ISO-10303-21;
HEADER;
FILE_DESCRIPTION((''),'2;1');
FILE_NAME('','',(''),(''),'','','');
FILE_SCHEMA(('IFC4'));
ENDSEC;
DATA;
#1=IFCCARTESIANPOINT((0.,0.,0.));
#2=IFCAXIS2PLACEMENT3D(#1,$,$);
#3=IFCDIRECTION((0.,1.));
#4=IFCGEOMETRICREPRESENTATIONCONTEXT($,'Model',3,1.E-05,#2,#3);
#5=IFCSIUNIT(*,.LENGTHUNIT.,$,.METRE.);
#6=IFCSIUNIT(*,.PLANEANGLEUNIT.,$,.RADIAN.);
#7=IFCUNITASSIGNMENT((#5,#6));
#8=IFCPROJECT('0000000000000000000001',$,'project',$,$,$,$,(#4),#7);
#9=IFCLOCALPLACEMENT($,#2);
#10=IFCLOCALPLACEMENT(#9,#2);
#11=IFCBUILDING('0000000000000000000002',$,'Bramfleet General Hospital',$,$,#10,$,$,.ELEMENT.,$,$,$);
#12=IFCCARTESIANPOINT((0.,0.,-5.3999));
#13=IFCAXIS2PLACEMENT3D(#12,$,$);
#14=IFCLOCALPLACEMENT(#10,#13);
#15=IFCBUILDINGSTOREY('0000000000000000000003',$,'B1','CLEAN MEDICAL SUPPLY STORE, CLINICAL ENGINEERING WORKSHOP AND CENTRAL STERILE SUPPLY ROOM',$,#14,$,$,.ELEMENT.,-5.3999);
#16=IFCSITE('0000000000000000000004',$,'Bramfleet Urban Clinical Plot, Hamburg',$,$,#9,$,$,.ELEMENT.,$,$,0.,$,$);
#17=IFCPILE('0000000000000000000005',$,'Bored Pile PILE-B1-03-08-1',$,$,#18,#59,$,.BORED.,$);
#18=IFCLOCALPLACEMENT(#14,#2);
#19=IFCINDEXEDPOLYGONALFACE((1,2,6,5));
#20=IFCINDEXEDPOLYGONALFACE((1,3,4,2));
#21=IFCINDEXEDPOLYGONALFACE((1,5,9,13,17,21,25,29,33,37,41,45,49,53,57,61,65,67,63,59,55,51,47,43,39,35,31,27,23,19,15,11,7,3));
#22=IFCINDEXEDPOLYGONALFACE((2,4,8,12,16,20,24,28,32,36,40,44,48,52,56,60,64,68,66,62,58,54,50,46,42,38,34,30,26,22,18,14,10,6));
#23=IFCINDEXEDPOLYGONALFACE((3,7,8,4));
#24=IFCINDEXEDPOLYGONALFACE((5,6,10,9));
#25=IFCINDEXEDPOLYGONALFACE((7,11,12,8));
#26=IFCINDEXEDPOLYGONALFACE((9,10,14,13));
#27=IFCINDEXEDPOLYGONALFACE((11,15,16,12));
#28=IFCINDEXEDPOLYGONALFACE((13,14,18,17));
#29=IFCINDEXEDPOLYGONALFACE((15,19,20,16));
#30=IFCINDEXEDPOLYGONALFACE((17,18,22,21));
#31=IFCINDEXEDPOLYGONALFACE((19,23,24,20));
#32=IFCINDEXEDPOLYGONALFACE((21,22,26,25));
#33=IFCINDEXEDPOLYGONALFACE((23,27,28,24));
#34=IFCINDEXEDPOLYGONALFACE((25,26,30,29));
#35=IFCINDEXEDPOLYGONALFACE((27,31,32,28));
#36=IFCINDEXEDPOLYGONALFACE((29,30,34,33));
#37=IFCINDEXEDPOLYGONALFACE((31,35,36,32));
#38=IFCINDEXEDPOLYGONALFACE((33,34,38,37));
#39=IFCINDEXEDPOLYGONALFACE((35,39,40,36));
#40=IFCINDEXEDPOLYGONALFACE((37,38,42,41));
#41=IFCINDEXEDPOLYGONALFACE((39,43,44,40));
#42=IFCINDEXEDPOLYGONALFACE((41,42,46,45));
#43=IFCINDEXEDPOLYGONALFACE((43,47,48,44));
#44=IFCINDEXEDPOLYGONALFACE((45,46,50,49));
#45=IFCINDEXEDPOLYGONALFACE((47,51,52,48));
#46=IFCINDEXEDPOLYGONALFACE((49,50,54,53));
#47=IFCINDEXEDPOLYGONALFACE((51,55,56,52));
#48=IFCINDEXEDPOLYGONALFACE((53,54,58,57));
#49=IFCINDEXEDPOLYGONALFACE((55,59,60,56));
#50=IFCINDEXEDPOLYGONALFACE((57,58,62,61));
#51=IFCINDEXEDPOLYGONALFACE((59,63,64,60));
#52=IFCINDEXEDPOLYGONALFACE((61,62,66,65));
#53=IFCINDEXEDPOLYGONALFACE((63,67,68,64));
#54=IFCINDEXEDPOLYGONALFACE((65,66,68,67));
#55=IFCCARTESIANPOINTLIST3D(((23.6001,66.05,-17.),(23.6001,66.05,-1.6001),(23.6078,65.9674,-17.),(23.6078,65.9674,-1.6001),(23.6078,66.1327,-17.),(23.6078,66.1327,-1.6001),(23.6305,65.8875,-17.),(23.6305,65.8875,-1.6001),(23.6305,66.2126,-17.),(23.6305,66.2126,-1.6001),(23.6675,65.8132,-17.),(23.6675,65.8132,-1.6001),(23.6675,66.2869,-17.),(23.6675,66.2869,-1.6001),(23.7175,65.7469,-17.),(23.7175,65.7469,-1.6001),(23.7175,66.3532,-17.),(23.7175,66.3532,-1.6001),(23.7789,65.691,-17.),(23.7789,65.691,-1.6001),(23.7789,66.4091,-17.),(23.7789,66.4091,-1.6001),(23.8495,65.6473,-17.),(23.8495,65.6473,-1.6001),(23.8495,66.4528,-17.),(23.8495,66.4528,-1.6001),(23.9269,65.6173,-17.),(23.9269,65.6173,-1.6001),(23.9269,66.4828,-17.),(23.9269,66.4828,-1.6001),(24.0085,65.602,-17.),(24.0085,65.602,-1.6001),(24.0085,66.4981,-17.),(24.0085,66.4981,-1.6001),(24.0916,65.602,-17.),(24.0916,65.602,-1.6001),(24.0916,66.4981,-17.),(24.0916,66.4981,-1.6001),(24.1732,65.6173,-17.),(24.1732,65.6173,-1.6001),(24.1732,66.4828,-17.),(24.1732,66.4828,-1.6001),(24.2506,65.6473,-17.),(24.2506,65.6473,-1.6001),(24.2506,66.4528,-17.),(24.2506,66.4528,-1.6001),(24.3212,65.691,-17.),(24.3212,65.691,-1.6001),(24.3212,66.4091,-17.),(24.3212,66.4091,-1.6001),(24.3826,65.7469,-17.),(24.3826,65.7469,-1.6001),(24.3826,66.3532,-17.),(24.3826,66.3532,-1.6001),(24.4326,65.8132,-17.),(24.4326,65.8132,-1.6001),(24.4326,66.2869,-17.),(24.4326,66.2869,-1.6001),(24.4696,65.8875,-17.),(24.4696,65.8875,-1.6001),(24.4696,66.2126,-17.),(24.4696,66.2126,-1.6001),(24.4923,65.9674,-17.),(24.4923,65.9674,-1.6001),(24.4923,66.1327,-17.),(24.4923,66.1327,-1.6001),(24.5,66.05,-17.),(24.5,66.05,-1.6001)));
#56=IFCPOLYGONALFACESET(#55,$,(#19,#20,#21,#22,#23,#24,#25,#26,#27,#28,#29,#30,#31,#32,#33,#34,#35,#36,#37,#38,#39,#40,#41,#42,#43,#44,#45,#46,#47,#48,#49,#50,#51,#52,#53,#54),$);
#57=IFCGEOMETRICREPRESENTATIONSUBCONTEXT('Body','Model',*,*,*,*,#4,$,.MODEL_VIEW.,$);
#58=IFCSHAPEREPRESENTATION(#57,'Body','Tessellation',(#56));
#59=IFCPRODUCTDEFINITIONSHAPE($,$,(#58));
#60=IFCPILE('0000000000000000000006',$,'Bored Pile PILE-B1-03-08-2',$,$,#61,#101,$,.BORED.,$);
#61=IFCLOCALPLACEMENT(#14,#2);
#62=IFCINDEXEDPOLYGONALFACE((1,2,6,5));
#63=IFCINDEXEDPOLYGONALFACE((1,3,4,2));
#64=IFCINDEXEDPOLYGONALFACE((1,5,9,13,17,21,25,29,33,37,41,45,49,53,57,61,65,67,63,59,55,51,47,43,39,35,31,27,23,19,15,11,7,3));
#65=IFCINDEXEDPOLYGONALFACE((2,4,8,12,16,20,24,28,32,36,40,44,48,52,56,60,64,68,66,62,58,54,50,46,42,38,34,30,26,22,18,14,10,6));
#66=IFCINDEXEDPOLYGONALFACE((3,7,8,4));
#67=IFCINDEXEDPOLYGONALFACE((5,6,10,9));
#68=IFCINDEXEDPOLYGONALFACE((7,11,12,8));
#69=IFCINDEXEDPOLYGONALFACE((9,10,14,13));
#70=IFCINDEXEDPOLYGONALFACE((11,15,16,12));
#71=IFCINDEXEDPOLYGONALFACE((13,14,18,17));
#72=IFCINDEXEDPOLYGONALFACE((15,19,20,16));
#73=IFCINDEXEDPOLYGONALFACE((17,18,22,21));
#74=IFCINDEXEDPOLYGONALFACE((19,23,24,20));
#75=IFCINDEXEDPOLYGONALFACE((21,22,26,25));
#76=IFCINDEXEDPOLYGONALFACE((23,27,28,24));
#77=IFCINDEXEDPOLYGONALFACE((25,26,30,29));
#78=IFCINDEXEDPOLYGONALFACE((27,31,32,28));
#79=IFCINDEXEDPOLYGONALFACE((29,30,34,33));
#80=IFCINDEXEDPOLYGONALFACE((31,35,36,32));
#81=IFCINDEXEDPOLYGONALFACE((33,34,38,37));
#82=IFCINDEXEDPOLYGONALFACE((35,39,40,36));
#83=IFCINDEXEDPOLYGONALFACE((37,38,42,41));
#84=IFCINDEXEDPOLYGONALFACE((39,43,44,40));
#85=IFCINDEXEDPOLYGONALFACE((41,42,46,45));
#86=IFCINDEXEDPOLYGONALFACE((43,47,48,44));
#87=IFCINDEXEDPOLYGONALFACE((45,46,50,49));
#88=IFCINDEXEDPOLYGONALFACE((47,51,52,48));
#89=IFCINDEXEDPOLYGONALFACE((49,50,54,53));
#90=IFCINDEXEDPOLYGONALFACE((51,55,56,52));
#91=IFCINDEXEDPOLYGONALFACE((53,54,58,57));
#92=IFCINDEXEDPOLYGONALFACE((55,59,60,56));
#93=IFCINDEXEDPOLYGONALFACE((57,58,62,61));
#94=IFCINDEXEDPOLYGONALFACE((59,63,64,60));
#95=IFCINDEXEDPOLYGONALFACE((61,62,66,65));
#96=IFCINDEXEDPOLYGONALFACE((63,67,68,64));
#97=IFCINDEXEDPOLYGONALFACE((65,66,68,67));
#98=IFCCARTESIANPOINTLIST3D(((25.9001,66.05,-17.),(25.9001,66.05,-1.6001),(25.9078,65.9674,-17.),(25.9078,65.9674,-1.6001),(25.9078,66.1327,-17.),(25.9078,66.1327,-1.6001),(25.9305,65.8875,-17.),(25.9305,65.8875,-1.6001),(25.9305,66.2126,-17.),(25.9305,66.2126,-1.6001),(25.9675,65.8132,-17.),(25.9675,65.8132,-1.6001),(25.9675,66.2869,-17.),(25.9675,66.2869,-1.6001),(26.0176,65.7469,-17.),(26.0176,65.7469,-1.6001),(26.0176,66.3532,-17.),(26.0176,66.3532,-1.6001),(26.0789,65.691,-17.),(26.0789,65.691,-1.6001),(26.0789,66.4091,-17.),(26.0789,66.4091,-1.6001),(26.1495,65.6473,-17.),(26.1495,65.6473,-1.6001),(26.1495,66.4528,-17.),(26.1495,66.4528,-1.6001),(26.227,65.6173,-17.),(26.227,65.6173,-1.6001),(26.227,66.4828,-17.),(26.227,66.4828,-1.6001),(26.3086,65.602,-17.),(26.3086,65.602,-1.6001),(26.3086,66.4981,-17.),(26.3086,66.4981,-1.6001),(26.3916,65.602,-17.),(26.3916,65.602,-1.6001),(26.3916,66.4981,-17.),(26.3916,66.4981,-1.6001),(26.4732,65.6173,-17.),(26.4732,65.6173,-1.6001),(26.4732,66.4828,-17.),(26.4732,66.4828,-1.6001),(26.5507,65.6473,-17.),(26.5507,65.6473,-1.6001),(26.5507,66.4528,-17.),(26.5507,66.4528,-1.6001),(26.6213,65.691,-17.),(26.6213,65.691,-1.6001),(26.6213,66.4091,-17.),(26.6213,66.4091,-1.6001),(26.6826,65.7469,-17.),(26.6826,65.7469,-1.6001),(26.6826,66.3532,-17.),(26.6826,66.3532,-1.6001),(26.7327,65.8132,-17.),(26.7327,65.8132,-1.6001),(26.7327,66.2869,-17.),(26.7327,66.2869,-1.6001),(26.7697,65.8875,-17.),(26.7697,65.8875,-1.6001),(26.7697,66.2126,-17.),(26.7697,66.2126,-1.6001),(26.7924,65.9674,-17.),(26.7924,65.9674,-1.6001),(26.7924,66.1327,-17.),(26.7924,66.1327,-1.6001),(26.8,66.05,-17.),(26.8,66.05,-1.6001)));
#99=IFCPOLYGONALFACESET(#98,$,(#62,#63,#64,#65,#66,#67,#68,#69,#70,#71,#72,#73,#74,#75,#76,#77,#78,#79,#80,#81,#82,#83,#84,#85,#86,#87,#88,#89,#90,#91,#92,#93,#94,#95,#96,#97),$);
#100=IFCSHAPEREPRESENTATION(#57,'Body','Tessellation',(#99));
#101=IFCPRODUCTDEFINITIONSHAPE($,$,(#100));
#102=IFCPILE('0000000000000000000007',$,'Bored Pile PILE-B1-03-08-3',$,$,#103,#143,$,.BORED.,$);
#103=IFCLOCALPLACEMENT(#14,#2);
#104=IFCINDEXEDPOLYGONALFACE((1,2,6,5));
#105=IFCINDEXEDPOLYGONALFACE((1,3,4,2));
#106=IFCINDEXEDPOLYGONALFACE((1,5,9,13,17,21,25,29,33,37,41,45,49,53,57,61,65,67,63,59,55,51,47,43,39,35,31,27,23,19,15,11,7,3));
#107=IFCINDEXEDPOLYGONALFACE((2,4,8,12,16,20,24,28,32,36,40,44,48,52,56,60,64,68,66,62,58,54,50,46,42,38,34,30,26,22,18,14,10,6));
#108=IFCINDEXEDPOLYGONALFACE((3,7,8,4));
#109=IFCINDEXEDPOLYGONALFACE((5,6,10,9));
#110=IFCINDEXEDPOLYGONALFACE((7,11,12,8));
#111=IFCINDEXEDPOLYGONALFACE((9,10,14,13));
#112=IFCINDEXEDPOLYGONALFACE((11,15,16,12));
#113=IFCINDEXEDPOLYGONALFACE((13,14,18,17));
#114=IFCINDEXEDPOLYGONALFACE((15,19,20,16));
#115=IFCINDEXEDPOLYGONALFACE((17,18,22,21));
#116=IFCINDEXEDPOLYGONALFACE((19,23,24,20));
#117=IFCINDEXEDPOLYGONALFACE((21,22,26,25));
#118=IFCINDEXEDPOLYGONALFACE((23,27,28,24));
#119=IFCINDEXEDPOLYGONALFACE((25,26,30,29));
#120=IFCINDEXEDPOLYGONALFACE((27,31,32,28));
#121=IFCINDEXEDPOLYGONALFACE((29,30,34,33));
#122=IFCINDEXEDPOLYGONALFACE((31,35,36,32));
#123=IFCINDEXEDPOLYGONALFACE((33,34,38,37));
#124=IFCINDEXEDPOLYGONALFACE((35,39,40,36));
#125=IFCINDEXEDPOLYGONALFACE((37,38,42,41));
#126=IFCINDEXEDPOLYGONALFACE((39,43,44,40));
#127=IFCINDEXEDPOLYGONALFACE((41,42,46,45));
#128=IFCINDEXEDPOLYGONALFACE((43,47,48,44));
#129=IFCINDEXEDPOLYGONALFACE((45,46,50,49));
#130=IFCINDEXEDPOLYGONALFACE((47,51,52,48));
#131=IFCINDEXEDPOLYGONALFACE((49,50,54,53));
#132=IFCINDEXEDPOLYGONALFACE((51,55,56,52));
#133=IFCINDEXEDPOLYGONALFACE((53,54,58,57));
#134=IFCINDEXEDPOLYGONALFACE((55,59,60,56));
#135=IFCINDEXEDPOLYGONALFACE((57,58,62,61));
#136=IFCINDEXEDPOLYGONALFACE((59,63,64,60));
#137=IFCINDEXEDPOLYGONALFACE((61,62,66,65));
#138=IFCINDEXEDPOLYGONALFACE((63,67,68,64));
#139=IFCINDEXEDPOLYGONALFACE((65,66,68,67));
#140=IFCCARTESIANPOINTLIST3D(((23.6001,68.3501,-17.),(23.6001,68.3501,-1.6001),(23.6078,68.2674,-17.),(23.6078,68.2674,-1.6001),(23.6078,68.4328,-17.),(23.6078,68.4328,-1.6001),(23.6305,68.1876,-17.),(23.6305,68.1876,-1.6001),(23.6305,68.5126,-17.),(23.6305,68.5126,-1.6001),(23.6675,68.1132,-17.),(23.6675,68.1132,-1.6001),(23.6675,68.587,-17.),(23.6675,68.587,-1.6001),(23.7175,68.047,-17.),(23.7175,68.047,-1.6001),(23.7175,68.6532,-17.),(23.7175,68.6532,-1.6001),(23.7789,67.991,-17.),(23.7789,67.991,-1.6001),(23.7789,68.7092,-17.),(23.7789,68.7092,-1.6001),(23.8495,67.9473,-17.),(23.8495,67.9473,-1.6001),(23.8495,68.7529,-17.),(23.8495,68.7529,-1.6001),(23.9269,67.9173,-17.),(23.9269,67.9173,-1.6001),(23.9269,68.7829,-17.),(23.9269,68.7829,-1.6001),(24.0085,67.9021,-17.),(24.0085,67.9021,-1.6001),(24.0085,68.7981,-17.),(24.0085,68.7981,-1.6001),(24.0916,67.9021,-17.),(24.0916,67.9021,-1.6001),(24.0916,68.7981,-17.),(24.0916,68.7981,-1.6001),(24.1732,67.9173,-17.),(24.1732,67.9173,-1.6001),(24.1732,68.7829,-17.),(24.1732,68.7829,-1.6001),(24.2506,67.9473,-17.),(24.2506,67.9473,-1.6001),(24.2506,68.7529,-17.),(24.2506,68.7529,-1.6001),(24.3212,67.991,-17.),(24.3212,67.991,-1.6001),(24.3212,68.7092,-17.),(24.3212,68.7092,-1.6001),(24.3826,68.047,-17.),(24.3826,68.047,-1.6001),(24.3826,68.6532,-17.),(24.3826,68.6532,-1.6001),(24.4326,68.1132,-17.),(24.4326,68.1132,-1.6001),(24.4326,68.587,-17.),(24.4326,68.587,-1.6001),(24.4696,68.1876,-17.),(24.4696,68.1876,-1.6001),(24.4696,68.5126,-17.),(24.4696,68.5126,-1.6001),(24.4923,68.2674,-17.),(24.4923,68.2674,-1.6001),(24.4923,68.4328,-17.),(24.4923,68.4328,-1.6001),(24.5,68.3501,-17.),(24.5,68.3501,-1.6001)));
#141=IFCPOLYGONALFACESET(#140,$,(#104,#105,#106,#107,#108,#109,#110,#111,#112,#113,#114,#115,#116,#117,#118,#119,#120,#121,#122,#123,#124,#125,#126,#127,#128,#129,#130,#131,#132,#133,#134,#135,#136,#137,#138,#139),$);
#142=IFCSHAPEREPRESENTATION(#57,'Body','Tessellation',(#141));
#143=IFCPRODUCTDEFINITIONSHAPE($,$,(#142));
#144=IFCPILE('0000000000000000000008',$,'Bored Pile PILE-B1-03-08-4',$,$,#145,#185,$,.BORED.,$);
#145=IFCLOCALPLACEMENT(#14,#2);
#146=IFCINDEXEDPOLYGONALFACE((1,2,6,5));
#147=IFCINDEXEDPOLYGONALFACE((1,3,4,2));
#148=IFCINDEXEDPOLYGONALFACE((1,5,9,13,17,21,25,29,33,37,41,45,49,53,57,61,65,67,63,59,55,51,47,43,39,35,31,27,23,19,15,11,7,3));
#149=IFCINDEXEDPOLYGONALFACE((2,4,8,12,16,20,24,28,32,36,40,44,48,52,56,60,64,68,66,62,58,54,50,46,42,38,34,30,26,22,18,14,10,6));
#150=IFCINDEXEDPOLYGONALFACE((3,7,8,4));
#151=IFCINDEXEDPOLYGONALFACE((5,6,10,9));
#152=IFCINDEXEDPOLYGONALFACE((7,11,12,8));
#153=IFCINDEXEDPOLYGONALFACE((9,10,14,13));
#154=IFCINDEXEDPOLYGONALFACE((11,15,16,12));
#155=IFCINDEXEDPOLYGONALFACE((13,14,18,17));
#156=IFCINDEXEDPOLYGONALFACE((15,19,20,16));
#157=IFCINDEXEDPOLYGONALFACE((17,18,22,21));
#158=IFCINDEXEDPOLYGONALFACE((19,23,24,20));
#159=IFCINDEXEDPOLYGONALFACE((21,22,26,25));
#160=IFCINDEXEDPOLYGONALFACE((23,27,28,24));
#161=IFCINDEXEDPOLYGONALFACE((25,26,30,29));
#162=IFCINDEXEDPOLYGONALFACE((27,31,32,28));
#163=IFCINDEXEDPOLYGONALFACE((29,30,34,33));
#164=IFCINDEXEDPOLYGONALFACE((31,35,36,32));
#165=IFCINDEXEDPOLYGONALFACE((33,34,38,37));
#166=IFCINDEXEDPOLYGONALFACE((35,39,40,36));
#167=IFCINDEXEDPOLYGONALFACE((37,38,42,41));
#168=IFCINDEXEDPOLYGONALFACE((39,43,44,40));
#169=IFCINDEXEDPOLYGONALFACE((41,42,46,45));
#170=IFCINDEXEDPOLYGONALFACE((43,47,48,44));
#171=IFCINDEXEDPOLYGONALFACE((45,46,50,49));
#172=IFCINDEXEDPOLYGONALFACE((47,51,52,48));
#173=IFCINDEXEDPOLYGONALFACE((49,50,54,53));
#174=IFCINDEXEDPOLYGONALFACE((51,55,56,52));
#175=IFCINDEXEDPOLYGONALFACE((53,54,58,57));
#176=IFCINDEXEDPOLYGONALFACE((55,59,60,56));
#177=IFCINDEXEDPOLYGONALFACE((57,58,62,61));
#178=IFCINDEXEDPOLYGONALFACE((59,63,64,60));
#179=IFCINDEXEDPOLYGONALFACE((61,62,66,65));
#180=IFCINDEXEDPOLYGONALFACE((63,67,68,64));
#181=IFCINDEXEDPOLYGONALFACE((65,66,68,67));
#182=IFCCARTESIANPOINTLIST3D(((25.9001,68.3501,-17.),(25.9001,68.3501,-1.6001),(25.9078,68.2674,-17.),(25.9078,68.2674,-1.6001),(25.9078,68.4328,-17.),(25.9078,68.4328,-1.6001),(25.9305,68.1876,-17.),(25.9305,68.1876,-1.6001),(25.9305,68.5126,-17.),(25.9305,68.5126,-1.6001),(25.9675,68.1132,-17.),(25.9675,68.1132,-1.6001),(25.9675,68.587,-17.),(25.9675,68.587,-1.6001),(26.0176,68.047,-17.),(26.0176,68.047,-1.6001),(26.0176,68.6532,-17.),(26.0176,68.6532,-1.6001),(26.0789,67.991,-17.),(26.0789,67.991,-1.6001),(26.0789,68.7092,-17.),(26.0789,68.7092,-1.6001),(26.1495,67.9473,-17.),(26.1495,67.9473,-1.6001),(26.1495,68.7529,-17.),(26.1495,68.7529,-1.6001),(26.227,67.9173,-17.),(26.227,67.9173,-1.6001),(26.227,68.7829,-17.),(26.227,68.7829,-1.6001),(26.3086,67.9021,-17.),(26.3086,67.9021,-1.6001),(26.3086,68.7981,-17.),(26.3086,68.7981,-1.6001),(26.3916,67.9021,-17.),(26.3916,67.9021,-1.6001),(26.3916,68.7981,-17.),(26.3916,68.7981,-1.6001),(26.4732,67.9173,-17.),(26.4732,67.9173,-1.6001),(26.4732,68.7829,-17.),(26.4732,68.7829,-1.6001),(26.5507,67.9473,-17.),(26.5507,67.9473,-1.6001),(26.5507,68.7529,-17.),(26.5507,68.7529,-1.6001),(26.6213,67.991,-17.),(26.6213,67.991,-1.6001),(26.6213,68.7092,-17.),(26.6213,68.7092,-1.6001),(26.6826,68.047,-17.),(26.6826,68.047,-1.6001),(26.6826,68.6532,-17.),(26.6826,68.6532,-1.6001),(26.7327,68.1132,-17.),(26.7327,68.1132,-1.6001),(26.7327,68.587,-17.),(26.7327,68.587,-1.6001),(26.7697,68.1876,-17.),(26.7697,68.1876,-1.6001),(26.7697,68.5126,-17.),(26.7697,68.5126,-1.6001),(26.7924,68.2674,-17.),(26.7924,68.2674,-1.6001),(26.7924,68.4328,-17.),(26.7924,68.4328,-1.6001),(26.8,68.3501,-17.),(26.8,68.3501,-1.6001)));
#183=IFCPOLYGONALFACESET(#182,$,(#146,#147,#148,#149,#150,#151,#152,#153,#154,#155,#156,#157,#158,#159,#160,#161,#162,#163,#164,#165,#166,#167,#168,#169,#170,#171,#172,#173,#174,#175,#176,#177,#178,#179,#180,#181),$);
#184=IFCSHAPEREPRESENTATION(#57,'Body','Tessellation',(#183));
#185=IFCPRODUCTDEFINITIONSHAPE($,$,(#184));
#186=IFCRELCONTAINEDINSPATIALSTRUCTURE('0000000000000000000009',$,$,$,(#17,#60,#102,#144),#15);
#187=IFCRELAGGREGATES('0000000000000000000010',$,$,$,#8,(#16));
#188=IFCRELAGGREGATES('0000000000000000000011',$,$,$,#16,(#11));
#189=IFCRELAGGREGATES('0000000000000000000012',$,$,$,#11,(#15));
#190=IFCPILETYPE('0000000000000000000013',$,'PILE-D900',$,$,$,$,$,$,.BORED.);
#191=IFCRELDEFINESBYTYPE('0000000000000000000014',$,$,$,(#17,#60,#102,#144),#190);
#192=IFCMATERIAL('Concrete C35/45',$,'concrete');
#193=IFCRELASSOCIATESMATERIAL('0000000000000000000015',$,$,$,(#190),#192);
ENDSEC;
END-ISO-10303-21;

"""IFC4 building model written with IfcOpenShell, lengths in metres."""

from ifc_helpers import new_model, si_unit, direction, frame, origin, origin_2d, place, context, subcontext, project, spatial, circle, extrude, material, material_profile, profile_set, type_object, element, save


model = new_model("IFC4")

# Units and contexts
model_context = context("Model", 3, precision=1e-05, world=origin(), true_north=direction((0.0, 1.0)))
body_context = subcontext(model_context, "Body", "Model", "MODEL_VIEW")
ifc_project = project(units=[si_unit("LENGTHUNIT", "METRE"), si_unit("PLANEANGLEUNIT", "RADIAN")], contexts=[model_context])

# Site, building, storey
site_placement = place(None, origin())
site = spatial("IfcSite", under=ifc_project, at=site_placement, Name="Bramfleet Urban Clinical Plot, Hamburg", CompositionType="ELEMENT", RefElevation=0.0)
building_placement = place(site_placement, origin())
building = spatial("IfcBuilding", under=site, at=building_placement, Name="Bramfleet General Hospital", CompositionType="ELEMENT")
storey_placement = place(building_placement, frame((0.0, 0.0, -5.3999)))
storey = spatial("IfcBuildingStorey", under=building, at=storey_placement, Name="B1", Description="CLEAN MEDICAL SUPPLY STORE, CLINICAL ENGINEERING WORKSHOP AND CENTRAL STERILE SUPPLY ROOM", CompositionType="ELEMENT", Elevation=-5.3999)

# Shared definitions
ifc_material_1 = material(Name="Concrete C35/45", Category="concrete")

# Piles
ifc_material_profile_1 = material_profile(ifc_material_1, circle(Radius=0.45, at=origin_2d()), Name="PILE BORED D900")
ifc_profile_set_1 = profile_set([ifc_material_profile_1], Name="Concrete C35/45")
pile_type = type_object("IfcPileType", Name="PILE-D900", PredefinedType="BORED", material=ifc_profile_set_1)
for number, where, z_axis, x_axis, name in (
    (1, (24.05, 66.05, -1.6001), (0.0, 0.0, -1.0), (1.0, 0.0, 0.0), "Bored Pile PILE-B1-03-08-1"),
    (2, (26.3501, 66.05, -1.6001), (0.0, 0.0, -1.0), (1.0, 0.0, 0.0), "Bored Pile PILE-B1-03-08-2"),
    (3, (24.05, 68.3501, -1.6001), (0.0, 0.0, -1.0), (1.0, 0.0, 0.0), "Bored Pile PILE-B1-03-08-3"),
    (4, (26.3501, 68.3501, -1.6001), (0.0, 0.0, -1.0), (1.0, 0.0, 0.0), "Bored Pile PILE-B1-03-08-4"),
):
    element("IfcPile", number, at=place(storey_placement, frame(where, z_axis=z_axis, x_axis=x_axis)), inside=storey, type_object=pile_type, Name=name, PredefinedType="BORED", context=body_context, shape_type="SweptSolid", body=[
        extrude(circle(Radius=0.45, at=origin_2d()), origin(), (0.0, 0.0, 1.0), 15.3999),
    ])

save(model, "model.ifc")
